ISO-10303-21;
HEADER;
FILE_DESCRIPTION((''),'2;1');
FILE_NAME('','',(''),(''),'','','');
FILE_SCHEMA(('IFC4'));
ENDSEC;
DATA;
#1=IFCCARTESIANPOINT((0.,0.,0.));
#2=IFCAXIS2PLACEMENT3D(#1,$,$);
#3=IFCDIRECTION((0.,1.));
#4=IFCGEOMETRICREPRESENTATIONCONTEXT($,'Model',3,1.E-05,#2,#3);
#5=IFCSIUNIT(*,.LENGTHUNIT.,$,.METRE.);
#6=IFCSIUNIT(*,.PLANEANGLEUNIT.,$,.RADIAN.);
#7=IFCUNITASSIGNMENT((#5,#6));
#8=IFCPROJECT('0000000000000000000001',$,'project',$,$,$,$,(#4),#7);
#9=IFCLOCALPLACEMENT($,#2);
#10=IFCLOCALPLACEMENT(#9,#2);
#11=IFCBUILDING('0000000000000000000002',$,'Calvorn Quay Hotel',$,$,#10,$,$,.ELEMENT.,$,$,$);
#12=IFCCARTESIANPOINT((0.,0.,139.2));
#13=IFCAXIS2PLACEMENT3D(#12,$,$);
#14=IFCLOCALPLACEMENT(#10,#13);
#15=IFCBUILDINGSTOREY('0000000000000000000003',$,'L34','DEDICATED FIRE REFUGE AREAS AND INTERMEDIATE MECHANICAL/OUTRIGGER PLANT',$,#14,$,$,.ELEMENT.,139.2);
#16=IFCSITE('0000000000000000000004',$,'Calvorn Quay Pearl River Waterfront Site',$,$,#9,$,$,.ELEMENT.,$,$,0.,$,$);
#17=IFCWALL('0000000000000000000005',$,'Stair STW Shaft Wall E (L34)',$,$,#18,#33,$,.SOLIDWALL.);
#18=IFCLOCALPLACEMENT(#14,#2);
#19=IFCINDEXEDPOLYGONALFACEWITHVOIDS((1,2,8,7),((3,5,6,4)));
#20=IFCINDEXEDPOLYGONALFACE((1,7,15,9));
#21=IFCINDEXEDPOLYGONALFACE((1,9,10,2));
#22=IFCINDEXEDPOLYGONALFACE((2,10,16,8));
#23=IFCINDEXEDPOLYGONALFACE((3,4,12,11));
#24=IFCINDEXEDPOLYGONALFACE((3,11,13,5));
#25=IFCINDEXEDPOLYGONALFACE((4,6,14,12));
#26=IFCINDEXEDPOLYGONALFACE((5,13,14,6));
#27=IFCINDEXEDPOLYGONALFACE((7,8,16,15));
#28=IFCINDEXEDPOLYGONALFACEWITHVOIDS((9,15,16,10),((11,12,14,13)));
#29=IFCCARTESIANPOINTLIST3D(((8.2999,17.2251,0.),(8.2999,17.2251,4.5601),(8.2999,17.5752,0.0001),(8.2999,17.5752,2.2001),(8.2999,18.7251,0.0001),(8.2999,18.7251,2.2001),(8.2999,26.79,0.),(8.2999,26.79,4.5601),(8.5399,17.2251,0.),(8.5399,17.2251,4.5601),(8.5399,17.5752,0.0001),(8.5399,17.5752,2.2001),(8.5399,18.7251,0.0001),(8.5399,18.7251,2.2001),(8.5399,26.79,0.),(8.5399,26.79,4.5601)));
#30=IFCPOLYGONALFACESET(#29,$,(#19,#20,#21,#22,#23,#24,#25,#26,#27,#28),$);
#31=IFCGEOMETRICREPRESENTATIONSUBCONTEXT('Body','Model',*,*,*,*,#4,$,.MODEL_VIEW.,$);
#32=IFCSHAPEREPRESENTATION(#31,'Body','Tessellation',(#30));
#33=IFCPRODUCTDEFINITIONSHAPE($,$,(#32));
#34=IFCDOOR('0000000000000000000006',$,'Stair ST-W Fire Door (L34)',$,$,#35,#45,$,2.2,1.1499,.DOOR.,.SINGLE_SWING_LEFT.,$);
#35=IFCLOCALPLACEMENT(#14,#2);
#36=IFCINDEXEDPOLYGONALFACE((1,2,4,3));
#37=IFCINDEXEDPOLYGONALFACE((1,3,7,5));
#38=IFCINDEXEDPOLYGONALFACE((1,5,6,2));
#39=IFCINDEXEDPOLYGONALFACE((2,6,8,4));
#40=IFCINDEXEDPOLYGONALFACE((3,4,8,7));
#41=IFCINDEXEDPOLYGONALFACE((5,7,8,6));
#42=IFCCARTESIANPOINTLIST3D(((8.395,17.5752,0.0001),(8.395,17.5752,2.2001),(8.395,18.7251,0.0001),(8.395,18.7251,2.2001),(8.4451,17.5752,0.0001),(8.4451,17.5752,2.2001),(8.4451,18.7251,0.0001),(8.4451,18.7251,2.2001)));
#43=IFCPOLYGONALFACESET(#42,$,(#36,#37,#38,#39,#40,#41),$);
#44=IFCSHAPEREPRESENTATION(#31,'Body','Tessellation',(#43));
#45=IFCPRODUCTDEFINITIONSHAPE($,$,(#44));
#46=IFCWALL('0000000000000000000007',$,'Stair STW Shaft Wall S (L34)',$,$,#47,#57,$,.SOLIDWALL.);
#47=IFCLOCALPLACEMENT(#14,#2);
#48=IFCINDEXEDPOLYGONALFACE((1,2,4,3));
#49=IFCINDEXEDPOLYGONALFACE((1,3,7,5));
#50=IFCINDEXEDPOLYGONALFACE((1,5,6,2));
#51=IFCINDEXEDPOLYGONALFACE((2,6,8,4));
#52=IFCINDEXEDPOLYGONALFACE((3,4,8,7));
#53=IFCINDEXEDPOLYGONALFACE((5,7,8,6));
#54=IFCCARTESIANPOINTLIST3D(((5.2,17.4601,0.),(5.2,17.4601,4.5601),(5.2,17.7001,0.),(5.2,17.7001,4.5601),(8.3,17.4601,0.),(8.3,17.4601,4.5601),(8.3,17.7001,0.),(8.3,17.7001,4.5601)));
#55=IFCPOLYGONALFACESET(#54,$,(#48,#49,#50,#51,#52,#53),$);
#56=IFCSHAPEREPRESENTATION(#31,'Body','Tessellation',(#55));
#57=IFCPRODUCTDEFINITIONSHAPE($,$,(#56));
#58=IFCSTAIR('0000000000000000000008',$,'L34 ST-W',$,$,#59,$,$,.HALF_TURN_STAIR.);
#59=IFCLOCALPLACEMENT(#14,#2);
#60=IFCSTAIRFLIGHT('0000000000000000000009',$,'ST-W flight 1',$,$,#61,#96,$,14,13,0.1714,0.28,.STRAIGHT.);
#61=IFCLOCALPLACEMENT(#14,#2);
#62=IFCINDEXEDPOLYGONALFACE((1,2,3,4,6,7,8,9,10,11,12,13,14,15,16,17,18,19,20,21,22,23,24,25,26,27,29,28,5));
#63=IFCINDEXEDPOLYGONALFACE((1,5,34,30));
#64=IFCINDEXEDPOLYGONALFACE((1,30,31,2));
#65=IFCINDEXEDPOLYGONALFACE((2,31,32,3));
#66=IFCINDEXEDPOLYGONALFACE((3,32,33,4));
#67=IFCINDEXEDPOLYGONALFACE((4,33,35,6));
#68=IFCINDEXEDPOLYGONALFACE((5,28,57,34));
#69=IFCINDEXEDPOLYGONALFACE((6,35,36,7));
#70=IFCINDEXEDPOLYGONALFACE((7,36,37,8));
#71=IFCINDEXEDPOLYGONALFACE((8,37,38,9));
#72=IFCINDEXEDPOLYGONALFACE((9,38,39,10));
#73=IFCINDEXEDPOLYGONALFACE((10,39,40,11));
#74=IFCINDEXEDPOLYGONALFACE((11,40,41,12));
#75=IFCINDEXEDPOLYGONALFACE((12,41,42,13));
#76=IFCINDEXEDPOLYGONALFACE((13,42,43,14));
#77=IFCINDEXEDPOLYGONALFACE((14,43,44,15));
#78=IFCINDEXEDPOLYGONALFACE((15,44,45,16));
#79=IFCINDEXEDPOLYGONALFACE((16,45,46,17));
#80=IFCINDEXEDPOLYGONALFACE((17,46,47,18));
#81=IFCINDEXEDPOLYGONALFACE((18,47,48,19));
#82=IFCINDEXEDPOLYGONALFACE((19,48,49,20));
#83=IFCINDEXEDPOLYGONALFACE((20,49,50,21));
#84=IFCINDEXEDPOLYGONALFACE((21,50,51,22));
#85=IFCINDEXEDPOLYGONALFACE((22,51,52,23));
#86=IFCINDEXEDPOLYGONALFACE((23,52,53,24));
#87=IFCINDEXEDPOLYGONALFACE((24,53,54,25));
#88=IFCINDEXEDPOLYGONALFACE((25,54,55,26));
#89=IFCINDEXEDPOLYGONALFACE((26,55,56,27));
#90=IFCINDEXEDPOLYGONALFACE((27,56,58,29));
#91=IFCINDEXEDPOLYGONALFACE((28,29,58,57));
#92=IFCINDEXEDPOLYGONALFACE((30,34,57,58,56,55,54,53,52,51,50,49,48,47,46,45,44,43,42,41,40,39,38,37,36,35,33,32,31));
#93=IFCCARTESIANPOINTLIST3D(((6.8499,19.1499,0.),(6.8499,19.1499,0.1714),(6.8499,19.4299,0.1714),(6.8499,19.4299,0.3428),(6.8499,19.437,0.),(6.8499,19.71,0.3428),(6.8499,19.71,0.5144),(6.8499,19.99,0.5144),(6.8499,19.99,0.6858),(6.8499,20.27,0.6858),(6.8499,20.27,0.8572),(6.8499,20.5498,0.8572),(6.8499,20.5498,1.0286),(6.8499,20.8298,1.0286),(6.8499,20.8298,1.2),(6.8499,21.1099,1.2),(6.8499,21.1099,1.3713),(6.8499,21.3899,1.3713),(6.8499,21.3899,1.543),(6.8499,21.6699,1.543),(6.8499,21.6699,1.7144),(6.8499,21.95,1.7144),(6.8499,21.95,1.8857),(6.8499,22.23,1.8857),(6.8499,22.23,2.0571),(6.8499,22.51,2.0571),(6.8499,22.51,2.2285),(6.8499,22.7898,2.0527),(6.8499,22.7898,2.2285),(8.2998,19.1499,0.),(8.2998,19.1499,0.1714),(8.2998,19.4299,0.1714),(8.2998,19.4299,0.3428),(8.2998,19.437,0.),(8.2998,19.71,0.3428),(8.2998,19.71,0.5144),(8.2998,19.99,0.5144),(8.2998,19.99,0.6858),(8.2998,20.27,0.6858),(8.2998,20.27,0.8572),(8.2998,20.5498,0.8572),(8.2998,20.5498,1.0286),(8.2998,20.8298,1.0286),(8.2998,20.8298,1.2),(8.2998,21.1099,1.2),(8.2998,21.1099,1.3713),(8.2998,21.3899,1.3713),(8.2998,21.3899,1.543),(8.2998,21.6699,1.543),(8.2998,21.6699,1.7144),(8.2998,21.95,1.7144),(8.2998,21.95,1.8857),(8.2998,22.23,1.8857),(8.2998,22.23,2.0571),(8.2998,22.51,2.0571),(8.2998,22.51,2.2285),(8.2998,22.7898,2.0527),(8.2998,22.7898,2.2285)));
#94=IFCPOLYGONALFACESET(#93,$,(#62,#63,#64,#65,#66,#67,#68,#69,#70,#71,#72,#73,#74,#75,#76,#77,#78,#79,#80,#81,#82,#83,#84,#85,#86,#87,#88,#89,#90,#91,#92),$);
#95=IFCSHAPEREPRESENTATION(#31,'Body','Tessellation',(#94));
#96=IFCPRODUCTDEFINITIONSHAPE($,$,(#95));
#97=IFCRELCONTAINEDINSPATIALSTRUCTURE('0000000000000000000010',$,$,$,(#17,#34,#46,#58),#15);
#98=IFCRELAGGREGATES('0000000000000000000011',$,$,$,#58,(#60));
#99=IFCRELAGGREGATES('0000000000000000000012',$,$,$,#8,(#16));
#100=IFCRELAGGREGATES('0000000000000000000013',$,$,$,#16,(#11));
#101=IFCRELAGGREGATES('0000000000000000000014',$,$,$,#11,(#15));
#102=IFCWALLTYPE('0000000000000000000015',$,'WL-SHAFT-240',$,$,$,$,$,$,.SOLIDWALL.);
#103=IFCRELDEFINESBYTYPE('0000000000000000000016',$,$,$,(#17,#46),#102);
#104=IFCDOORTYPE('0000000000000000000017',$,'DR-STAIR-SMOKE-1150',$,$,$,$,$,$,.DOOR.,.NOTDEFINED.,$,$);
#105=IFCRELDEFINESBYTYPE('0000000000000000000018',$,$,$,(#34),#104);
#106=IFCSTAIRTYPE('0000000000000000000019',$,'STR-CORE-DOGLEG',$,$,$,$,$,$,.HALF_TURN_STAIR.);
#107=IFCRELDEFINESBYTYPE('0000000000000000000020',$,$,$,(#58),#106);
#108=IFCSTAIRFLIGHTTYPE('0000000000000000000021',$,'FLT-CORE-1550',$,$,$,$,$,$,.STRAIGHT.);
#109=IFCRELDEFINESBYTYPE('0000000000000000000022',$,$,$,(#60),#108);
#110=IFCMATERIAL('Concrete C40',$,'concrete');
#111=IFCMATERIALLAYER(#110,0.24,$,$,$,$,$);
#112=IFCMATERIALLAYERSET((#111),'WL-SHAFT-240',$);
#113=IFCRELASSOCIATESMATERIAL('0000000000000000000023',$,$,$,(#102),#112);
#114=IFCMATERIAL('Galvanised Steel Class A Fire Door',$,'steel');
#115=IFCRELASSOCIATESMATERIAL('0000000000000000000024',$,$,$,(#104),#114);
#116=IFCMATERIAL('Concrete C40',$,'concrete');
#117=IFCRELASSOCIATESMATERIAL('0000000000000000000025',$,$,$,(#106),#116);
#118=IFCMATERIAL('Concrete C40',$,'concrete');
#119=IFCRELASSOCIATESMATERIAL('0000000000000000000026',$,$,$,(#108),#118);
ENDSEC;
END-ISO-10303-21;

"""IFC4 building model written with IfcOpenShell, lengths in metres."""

from ifc_helpers import new_model, si_unit, direction, frame, frame_2d, origin, place, context, subcontext, project, spatial, polyline, rectangle, outline, extrude, material, layer, layer_set, type_object, element, fill, aggregate, save


model = new_model("IFC4")

# Units and contexts
model_context = context("Model", 3, precision=1e-05, world=origin(), true_north=direction((0.0, 1.0)))
body_context = subcontext(model_context, "Body", "Model", "MODEL_VIEW")
ifc_project = project(units=[si_unit("LENGTHUNIT", "METRE"), si_unit("PLANEANGLEUNIT", "RADIAN")], contexts=[model_context])

# Site, building, storey
site_placement = place(None, origin())
site = spatial("IfcSite", under=ifc_project, at=site_placement, Name="Calvorn Quay Pearl River Waterfront Site", CompositionType="ELEMENT", RefElevation=0.0)
building_placement = place(site_placement, origin())
building = spatial("IfcBuilding", under=site, at=building_placement, Name="Calvorn Quay Hotel", CompositionType="ELEMENT")
storey_placement = place(building_placement, frame((0.0, 0.0, 139.2)))
storey = spatial("IfcBuildingStorey", under=building, at=storey_placement, Name="L34", Description="DEDICATED FIRE REFUGE AREAS AND INTERMEDIATE MECHANICAL/OUTRIGGER PLANT", CompositionType="ELEMENT", Elevation=139.2)

# Shared definitions
ifc_material_1 = material(Name="Concrete C40", Category="concrete")
ifc_layer_1 = layer(ifc_material_1, 0.24)
ifc_layer_set_1 = layer_set([ifc_layer_1], Name="WL-SHAFT-240")
wall_type_1 = type_object("IfcWallType", Name="WL-SHAFT-240", PredefinedType="SOLIDWALL", material=ifc_layer_set_1)

# Wall, opening, door
wall_1_placement = place(storey_placement, frame((8.4199, 17.2251, 0.0), z_axis=(0.0, 0.0, 1.0), x_axis=(0.0, 1.0, 0.0)))
wall_1 = element("IfcWall", 1, at=wall_1_placement, inside=storey, type_object=wall_type_1, Name="Stair STW Shaft Wall E (L34)", PredefinedType="SOLIDWALL", context=body_context, shape_type="SweptSolid", body=[
    extrude(rectangle(XDim=9.5649, YDim=0.24, at=frame_2d((4.7825, 0.0))), origin(), (0.0, 0.0, 1.0), 4.5601),
])
opening_1_placement = place(wall_1_placement, frame((0.3501, 0.0, 0.0)))
opening_1 = element("IfcOpeningElement", 2, at=opening_1_placement, cuts=wall_1, PredefinedType="OPENING", context=body_context, shape_type="SweptSolid", body=[
    extrude(rectangle(XDim=1.1499, YDim=2.2, at=frame_2d((0.575, 1.1001))), frame((0.0, 0.1299, 0.0), z_axis=(0.0, -1.0, 0.0), x_axis=(1.0, 0.0, 0.0)), (0.0, 0.0, 1.0), 0.26),
])
ifc_material_2 = material(Name="Galvanised Steel Class A Fire Door", Category="steel")
door_type_1 = type_object("IfcDoorType", Name="DR-STAIR-SMOKE-1150", OperationType="NOTDEFINED", PredefinedType="DOOR", material=ifc_material_2)
door_1_placement = place(opening_1_placement, origin())
door_1 = element("IfcDoor", 3, at=door_1_placement, inside=storey, type_object=door_type_1, Name="Stair ST-W Fire Door (L34)", OperationType="SINGLE_SWING_LEFT", OverallHeight=2.2, OverallWidth=1.1499, PredefinedType="DOOR", context=body_context, shape_type="SweptSolid", body=[
    extrude(rectangle(XDim=1.1499, YDim=2.2, at=frame_2d((0.575, 1.1001))), frame((0.0, 0.0249, 0.0), z_axis=(0.0, -1.0, 0.0), x_axis=(1.0, 0.0, 0.0)), (0.0, 0.0, 1.0), 0.05),
])
fill(opening_1, door_1)

# Wall
wall_2_placement = place(storey_placement, frame((5.2, 17.5801, 0.0), z_axis=(0.0, 0.0, 1.0), x_axis=(1.0, 0.0, 0.0)))
element("IfcWall", 4, at=wall_2_placement, inside=storey, type_object=wall_type_1, Name="Stair STW Shaft Wall S (L34)", PredefinedType="SOLIDWALL", context=body_context, shape_type="SweptSolid", body=[
    extrude(rectangle(XDim=3.1001, YDim=0.24, at=frame_2d((1.55, 0.0))), origin(), (0.0, 0.0, 1.0), 4.5601),
])

# Stair, stair flight
ifc_material_3 = material(Name="Concrete C40", Category="concrete")
stair_type = type_object("IfcStairType", Name="STR-CORE-DOGLEG", PredefinedType="HALF_TURN_STAIR", material=ifc_material_3)
stair_placement = place(storey_placement, origin())
stair = element("IfcStair", 5, at=stair_placement, inside=storey, type_object=stair_type, Name="L34 ST-W", PredefinedType="HALF_TURN_STAIR")
ifc_material_4 = material(Name="Concrete C40", Category="concrete")
stair_flight_type = type_object("IfcStairFlightType", Name="FLT-CORE-1550", PredefinedType="STRAIGHT", material=ifc_material_4)
stair_flight_placement = place(storey_placement, frame((7.575, 19.1499, 0.0), z_axis=(0.0, 0.0, 1.0), x_axis=(0.0, 1.0, 0.0)))
stair_flight = element("IfcStairFlight", 6, at=stair_flight_placement, type_object=stair_flight_type, Name="ST-W flight 1", NumberOfRisers=14, NumberOfTreads=13, PredefinedType="STRAIGHT", RiserHeight=0.1714, TreadLength=0.28, context=body_context, shape_type="SweptSolid", body=[
    extrude(outline(polyline([(0.0, 0.0), (0.0, 0.1714), (0.28, 0.1714), (0.28, 0.3428), (0.5601, 0.3428), (0.5601, 0.5144), (0.8401, 0.5144), (0.8401, 0.6858), (1.1201, 0.6858), (1.1201, 0.8572), (1.3999, 0.8572), (1.3999, 1.0286), (1.6799, 1.0286), (1.6799, 1.2), (1.96, 1.2), (1.96, 1.3713), (2.24, 1.3713), (2.24, 1.543), (2.52, 1.543), (2.52, 1.7144), (2.8, 1.7144), (2.8, 1.8857), (3.0801, 1.8857), (3.0801, 2.0571), (3.3601, 2.0571), (3.3601, 2.2285), (3.6399, 2.2285), (3.6399, 2.3999), (3.6399, 2.0527), (0.2871, 0.0), (0.0, 0.0)])), frame((0.0, 0.7251, 0.0), z_axis=(0.0, -1.0, 0.0), x_axis=(1.0, 0.0, 0.0)), (0.0, 0.0, 1.0), 1.45),
])
aggregate(stair, [stair_flight])

save(model, "model.ifc")
